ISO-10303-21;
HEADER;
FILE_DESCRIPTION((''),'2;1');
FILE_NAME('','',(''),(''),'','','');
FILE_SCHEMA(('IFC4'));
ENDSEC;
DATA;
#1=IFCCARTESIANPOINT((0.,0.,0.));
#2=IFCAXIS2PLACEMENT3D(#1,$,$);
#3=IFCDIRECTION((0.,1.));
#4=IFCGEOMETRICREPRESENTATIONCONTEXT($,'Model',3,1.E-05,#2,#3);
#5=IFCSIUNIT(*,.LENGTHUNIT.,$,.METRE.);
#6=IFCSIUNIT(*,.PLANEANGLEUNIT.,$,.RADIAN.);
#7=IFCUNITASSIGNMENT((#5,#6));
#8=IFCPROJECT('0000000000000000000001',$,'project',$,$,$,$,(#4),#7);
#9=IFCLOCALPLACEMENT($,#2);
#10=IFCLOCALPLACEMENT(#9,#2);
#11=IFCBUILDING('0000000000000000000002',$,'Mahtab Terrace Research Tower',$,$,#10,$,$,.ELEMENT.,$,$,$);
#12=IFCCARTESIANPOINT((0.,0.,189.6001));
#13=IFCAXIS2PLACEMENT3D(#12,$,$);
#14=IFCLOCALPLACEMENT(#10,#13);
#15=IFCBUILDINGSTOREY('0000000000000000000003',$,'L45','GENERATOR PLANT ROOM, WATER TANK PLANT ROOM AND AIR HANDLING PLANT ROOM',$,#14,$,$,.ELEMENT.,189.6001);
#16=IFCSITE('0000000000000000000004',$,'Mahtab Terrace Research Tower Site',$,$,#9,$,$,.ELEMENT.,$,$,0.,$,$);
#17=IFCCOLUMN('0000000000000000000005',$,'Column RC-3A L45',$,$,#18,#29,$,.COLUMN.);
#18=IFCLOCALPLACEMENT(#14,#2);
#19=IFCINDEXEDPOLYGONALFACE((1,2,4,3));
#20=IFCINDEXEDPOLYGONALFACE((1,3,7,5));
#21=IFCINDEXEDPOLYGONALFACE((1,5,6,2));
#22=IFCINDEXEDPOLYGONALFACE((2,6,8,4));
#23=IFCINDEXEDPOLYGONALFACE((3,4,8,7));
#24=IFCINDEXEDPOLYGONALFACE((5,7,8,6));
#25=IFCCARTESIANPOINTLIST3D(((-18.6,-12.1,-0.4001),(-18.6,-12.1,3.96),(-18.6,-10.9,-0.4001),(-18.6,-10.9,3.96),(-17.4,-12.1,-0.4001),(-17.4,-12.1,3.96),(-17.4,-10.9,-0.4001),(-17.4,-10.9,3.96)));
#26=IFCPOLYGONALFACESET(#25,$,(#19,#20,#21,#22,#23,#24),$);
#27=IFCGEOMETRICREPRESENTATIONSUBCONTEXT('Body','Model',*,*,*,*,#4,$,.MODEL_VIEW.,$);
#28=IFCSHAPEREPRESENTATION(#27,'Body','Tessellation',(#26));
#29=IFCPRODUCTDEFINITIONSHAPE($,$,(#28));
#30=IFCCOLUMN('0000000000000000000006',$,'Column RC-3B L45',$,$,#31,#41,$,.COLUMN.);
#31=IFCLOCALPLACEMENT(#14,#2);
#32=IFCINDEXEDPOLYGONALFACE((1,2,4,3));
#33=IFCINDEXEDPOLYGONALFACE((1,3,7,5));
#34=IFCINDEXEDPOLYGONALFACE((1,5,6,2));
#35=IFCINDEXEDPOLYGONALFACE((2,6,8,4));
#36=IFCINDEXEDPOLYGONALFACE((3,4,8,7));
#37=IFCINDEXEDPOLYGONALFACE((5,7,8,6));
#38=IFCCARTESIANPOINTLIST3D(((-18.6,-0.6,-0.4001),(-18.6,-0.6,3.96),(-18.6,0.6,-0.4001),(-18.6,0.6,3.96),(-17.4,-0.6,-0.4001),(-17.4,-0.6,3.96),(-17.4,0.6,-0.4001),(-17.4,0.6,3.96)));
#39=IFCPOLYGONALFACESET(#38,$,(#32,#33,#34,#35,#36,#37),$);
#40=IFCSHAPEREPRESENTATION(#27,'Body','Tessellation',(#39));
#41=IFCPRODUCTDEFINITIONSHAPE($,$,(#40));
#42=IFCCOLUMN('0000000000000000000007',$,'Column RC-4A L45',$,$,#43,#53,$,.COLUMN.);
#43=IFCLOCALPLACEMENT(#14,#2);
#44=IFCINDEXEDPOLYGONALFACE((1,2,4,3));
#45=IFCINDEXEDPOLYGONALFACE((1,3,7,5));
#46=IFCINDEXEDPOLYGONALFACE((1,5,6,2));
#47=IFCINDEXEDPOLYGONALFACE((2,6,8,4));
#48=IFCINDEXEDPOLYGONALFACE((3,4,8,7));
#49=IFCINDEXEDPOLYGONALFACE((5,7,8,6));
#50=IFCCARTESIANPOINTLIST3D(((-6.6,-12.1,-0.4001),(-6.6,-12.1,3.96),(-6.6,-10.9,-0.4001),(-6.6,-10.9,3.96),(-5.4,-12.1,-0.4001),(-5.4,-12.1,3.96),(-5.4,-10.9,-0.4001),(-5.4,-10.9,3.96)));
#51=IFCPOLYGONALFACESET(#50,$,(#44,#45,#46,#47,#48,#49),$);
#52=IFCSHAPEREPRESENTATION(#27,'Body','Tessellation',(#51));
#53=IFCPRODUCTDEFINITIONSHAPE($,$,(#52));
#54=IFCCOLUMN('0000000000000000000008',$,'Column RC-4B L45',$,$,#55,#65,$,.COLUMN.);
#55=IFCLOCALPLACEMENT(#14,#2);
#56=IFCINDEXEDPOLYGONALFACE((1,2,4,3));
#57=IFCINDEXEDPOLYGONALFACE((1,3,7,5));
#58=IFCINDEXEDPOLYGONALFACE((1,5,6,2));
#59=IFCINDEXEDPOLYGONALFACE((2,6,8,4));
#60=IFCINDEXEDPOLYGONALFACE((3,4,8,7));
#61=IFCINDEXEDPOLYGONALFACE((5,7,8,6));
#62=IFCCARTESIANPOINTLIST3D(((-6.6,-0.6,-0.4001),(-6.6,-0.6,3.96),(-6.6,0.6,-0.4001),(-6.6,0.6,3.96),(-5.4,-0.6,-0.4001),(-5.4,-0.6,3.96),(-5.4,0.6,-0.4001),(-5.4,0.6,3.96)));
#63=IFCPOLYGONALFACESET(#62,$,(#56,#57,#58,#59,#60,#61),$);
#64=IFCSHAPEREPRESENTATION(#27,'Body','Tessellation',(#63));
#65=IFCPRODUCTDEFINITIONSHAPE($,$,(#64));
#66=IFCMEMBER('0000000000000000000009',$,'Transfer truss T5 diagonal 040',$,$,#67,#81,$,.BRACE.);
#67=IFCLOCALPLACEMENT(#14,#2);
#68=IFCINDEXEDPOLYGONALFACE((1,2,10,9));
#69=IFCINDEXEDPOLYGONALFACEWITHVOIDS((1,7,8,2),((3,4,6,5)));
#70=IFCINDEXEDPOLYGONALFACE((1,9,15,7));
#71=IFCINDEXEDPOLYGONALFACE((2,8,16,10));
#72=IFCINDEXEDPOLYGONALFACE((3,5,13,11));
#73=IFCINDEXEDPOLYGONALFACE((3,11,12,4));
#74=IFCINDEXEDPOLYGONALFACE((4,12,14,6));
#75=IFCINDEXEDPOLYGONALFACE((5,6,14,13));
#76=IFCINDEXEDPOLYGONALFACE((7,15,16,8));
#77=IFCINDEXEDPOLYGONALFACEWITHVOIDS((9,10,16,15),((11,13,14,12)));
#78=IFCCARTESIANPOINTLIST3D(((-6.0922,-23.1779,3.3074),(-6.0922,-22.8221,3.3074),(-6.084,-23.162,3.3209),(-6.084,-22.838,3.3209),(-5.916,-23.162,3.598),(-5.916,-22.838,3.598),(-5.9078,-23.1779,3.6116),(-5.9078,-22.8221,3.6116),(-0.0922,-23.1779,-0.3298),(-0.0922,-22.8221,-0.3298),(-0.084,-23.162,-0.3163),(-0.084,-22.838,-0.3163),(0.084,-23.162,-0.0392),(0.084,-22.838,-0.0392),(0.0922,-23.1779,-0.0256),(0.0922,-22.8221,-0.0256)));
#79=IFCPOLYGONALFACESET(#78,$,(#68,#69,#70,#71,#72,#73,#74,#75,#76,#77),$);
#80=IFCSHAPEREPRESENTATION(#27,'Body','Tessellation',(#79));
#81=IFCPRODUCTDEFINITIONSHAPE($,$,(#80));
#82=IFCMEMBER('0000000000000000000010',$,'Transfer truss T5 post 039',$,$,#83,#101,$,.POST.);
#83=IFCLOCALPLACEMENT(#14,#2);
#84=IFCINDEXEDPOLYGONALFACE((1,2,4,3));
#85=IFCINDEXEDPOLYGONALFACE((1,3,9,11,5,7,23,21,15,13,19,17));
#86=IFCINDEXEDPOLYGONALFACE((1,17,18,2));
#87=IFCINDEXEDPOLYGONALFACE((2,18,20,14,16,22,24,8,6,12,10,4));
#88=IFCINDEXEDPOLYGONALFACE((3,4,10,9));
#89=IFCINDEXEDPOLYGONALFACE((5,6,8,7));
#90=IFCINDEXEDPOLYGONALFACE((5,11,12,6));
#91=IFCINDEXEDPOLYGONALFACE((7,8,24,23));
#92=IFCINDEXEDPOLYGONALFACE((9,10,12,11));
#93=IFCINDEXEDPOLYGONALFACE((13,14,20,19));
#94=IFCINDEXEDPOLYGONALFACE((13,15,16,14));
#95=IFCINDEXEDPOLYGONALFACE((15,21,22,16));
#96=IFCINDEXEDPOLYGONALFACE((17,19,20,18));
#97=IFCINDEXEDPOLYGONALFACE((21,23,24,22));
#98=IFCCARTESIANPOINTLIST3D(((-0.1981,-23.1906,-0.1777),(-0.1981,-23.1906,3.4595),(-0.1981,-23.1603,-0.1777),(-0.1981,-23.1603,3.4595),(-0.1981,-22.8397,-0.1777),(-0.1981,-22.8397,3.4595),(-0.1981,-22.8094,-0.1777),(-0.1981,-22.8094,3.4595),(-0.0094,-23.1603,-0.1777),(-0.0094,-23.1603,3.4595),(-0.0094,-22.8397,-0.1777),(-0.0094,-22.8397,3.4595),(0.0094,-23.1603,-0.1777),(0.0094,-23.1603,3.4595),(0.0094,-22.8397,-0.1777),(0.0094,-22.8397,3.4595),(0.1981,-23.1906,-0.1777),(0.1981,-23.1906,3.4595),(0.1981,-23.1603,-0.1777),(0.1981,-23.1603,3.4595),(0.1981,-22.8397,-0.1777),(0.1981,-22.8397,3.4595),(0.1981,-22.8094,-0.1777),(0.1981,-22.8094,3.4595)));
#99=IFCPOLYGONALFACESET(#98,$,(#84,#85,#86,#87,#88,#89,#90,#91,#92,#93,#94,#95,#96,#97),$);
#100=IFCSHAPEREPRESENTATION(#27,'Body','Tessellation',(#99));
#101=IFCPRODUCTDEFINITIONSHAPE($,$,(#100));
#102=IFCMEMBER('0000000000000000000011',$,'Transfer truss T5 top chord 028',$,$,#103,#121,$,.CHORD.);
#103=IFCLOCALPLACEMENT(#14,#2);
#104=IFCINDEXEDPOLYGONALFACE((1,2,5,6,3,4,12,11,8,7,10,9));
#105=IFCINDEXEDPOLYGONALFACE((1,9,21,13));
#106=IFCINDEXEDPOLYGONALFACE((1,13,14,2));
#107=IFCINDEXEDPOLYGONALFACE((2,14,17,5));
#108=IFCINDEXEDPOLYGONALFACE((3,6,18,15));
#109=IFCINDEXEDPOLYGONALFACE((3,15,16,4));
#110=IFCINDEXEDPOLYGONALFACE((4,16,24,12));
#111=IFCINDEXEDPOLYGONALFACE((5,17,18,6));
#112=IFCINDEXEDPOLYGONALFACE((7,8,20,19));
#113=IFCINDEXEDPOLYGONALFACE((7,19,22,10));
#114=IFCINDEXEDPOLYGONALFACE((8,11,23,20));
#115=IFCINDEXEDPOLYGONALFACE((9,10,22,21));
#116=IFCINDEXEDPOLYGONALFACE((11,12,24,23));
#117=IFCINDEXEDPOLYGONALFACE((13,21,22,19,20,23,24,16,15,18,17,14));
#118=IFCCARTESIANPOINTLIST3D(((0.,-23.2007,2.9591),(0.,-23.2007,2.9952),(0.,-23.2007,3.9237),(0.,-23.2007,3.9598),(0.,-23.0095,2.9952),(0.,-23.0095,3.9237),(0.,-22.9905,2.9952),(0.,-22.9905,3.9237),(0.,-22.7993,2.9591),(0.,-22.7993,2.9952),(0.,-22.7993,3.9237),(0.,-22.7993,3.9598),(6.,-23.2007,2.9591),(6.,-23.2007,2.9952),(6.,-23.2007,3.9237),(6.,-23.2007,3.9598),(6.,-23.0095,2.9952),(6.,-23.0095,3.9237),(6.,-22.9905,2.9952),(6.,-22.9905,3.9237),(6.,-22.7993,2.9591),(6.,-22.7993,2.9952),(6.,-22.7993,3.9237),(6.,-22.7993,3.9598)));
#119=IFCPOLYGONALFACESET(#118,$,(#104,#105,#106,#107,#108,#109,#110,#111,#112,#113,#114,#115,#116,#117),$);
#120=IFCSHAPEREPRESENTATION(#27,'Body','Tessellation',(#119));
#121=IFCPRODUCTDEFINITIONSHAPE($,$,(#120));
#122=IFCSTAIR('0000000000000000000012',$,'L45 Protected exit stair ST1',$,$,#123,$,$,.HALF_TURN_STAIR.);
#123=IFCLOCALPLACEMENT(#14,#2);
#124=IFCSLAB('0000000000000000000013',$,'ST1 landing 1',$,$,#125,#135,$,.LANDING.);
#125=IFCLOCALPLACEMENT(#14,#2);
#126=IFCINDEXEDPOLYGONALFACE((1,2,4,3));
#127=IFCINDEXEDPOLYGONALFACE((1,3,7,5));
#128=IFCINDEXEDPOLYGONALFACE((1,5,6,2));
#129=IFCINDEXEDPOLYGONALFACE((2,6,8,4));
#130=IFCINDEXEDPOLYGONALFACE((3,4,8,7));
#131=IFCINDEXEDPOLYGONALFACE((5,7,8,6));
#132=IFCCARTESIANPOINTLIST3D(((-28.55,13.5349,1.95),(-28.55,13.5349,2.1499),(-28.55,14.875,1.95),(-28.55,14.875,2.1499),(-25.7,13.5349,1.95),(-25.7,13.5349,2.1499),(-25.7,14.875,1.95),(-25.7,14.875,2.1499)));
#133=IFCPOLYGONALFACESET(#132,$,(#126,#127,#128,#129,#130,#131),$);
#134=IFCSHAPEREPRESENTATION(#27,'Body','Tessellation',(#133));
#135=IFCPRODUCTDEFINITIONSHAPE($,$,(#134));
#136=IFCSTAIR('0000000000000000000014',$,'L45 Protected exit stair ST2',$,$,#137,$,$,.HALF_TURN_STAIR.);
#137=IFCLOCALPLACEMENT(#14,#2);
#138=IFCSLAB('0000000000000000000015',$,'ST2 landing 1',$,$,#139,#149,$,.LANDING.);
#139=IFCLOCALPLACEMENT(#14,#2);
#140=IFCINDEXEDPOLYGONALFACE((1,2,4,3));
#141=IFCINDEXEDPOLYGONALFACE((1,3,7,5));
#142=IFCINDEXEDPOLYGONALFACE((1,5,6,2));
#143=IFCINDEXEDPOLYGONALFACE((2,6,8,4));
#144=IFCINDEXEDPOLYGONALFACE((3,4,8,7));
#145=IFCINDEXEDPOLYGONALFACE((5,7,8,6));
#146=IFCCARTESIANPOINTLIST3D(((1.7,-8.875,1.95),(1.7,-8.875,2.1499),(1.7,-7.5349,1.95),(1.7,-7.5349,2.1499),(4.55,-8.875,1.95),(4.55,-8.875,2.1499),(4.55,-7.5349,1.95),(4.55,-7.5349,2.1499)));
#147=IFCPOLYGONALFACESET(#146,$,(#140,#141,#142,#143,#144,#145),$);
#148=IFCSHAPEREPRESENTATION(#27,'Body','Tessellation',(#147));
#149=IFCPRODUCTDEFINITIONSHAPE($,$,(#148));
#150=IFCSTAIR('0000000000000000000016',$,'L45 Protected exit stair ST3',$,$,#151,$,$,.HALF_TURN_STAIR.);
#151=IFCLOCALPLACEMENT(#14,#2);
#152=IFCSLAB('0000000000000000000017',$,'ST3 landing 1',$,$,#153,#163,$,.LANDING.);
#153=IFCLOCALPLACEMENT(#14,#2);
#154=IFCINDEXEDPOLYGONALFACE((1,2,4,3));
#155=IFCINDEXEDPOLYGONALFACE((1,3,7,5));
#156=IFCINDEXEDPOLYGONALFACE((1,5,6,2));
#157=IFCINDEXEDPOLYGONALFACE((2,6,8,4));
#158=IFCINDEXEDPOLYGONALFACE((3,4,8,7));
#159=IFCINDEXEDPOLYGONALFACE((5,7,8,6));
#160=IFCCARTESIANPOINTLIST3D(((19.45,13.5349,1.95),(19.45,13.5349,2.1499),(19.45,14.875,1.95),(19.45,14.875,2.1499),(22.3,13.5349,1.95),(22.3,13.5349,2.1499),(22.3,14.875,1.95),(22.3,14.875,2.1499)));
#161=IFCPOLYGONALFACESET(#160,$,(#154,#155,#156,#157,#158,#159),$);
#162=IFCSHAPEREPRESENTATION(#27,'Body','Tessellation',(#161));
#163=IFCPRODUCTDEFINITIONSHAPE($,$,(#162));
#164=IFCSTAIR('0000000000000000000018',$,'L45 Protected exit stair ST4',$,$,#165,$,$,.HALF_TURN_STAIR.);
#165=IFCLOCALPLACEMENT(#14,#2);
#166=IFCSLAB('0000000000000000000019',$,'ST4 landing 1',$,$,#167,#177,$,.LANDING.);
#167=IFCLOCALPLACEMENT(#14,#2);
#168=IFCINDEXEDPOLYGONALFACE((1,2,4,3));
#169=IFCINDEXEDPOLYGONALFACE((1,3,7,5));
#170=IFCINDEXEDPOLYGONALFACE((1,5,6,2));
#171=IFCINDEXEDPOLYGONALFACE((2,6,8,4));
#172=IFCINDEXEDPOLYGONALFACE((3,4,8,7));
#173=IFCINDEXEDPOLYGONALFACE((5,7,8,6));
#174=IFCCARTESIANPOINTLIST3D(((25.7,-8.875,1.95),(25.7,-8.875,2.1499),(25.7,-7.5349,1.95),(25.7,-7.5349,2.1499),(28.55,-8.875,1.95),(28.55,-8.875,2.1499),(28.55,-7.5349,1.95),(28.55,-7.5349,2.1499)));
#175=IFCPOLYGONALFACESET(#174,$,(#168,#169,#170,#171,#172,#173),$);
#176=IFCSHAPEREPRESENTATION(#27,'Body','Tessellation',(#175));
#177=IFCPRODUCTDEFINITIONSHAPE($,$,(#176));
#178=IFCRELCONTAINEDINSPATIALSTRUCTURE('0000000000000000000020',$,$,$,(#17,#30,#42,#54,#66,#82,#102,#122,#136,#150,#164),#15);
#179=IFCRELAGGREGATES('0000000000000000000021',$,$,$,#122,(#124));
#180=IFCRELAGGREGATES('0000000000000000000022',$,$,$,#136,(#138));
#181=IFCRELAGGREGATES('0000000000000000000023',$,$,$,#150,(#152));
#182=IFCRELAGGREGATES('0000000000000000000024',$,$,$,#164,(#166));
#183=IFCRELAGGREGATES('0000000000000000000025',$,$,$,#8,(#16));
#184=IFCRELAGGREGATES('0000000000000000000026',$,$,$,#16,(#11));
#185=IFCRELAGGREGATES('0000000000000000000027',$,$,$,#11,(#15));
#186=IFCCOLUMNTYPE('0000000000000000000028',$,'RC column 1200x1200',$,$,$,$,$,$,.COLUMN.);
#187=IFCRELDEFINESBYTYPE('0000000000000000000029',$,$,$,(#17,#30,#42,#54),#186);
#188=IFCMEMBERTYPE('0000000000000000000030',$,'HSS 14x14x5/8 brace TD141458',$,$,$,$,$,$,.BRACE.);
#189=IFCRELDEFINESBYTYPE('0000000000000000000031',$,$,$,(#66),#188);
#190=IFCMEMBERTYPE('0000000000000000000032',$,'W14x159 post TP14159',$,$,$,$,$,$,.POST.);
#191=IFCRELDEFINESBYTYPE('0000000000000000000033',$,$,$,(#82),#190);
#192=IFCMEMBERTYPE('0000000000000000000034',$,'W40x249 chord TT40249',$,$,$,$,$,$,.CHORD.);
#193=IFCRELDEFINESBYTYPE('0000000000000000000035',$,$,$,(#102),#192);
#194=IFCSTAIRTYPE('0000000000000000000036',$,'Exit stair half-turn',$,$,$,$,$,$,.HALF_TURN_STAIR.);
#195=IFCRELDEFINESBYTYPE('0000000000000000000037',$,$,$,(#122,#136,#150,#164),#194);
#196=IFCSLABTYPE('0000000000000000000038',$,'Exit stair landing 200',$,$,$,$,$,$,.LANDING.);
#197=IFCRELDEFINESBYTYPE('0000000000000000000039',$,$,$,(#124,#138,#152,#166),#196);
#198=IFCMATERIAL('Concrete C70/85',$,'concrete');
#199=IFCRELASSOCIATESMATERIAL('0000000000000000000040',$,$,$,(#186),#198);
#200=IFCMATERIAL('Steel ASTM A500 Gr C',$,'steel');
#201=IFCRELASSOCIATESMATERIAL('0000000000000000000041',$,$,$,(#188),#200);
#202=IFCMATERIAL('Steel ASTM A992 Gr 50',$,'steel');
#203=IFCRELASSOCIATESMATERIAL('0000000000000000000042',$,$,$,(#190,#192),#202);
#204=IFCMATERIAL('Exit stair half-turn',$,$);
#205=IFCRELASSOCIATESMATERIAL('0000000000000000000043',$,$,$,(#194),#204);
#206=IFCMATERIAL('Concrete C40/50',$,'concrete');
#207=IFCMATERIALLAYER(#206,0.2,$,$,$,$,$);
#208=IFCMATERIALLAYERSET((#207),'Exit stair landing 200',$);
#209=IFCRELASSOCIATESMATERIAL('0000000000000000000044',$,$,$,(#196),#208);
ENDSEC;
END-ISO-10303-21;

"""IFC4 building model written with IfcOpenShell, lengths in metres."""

from ifc_helpers import new_model, si_unit, direction, frame, origin, origin_2d, place, context, subcontext, project, spatial, polyline, rectangle, hollow_rectangle, i_section, outline, extrude, material, layer, layer_set, material_profile, profile_set, type_object, element, aggregate, save


model = new_model("IFC4")

# Units and contexts
model_context = context("Model", 3, precision=1e-05, world=origin(), true_north=direction((0.0, 1.0)))
body_context = subcontext(model_context, "Body", "Model", "MODEL_VIEW")
ifc_project = project(units=[si_unit("LENGTHUNIT", "METRE"), si_unit("PLANEANGLEUNIT", "RADIAN")], contexts=[model_context])

# Site, building, storey
site_placement = place(None, origin())
site = spatial("IfcSite", under=ifc_project, at=site_placement, Name="Mahtab Terrace Research Tower Site", CompositionType="ELEMENT", RefElevation=0.0)
building_placement = place(site_placement, origin())
building = spatial("IfcBuilding", under=site, at=building_placement, Name="Mahtab Terrace Research Tower", CompositionType="ELEMENT")
storey_placement = place(building_placement, frame((0.0, 0.0, 189.6001)))
storey = spatial("IfcBuildingStorey", under=building, at=storey_placement, Name="L45", Description="GENERATOR PLANT ROOM, WATER TANK PLANT ROOM AND AIR HANDLING PLANT ROOM", CompositionType="ELEMENT", Elevation=189.6001)

# Columns
ifc_material_1 = material(Name="Concrete C70/85", Category="concrete")
ifc_material_profile_1 = material_profile(ifc_material_1, rectangle(XDim=1.2, YDim=1.2, at=origin_2d()), Name="RC column 1200x1200")
ifc_profile_set_1 = profile_set([ifc_material_profile_1], Name="Concrete C70/85")
column_type = type_object("IfcColumnType", Name="RC column 1200x1200", PredefinedType="COLUMN", material=ifc_profile_set_1)
for number, where, z_axis, x_axis, name in (
    (1, (-18.0, -11.5, -0.4001), (0.0, 0.0, 1.0), (1.0, 0.0, 0.0), "Column RC-3A L45"),
    (2, (-18.0, 0.0, -0.4001), (0.0, 0.0, 1.0), (1.0, 0.0, 0.0), "Column RC-3B L45"),
    (3, (-6.0, -11.5, -0.4001), (0.0, 0.0, 1.0), (1.0, 0.0, 0.0), "Column RC-4A L45"),
    (4, (-6.0, 0.0, -0.4001), (0.0, 0.0, 1.0), (1.0, 0.0, 0.0), "Column RC-4B L45"),
):
    element("IfcColumn", number, at=place(storey_placement, frame(where, z_axis=z_axis, x_axis=x_axis)), inside=storey, type_object=column_type, Name=name, PredefinedType="COLUMN", context=body_context, shape_type="SweptSolid", body=[
        extrude(rectangle(XDim=1.2, YDim=1.2, at=origin_2d()), origin(), (0.0, 0.0, 1.0), 4.3601),
    ])

# Members
ifc_material_2 = material(Name="Steel ASTM A500 Gr C", Category="steel")
ifc_material_profile_2 = material_profile(ifc_material_2, hollow_rectangle(XDim=0.3557, YDim=0.3557, WallThickness=0.0159, at=origin_2d()), Name="HSS14X14X5/8")
ifc_profile_set_2 = profile_set([ifc_material_profile_2], Name="Steel ASTM A500 Gr C")
member_type_1 = type_object("IfcMemberType", Name="HSS 14x14x5/8 brace TD141458", PredefinedType="BRACE", material=ifc_profile_set_2)
member_1_placement = place(storey_placement, frame((0.0, -23.0, -0.1777), z_axis=(-0.855145, 0.0, 0.51839), x_axis=(0.0, -1.0, 0.0)))
element("IfcMember", 5, at=member_1_placement, inside=storey, type_object=member_type_1, Name="Transfer truss T5 diagonal 040", PredefinedType="BRACE", context=body_context, shape_type="SweptSolid", body=[
    extrude(hollow_rectangle(XDim=0.3557, YDim=0.3557, WallThickness=0.0159, at=origin_2d()), origin(), (0.0, 0.0, 1.0), 7.0164),
])
ifc_material_3 = material(Name="Steel ASTM A992 Gr 50", Category="steel")
ifc_material_profile_3 = material_profile(ifc_material_3, i_section(OverallWidth=0.3962, OverallDepth=0.3811, WebThickness=0.0188, FlangeThickness=0.0303, at=origin_2d()), Name="W14X159")
ifc_profile_set_3 = profile_set([ifc_material_profile_3], Name="Steel ASTM A992 Gr 50")
member_type_2 = type_object("IfcMemberType", Name="W14x159 post TP14159", PredefinedType="POST", material=ifc_profile_set_3)
member_2_placement = place(storey_placement, frame((0.0, -23.0, -0.1777), z_axis=(0.0, 0.0, 1.0), x_axis=(1.0, 0.0, 0.0)))
element("IfcMember", 6, at=member_2_placement, inside=storey, type_object=member_type_2, Name="Transfer truss T5 post 039", PredefinedType="POST", context=body_context, shape_type="SweptSolid", body=[
    extrude(i_section(OverallWidth=0.3962, OverallDepth=0.3811, WebThickness=0.0188, FlangeThickness=0.0303, at=origin_2d()), origin(), (0.0, 0.0, 1.0), 3.6372),
])
ifc_material_profile_4 = material_profile(ifc_material_3, i_section(OverallWidth=0.4014, OverallDepth=1.0007, WebThickness=0.019, FlangeThickness=0.0361, at=origin_2d()), Name="W40X249")
ifc_profile_set_4 = profile_set([ifc_material_profile_4], Name="Steel ASTM A992 Gr 50")
member_type_3 = type_object("IfcMemberType", Name="W40x249 chord TT40249", PredefinedType="CHORD", material=ifc_profile_set_4)
member_3_placement = place(storey_placement, frame((0.0, -23.0, 3.4595), z_axis=(1.0, 0.0, 0.0), x_axis=(0.0, 1.0, 0.0)))
element("IfcMember", 7, at=member_3_placement, inside=storey, type_object=member_type_3, Name="Transfer truss T5 top chord 028", PredefinedType="CHORD", context=body_context, shape_type="SweptSolid", body=[
    extrude(i_section(OverallWidth=0.4014, OverallDepth=1.0007, WebThickness=0.019, FlangeThickness=0.0361, at=origin_2d()), origin(), (0.0, 0.0, 1.0), 6.0),
])

# Stairs, slabs
ifc_material_4 = material(Name="Exit stair half-turn")
stair_type = type_object("IfcStairType", Name="Exit stair half-turn", PredefinedType="HALF_TURN_STAIR", material=ifc_material_4)
stair_1_placement = place(storey_placement, origin())
stair_1 = element("IfcStair", 8, at=stair_1_placement, inside=storey, type_object=stair_type, Name="L45 Protected exit stair ST1", PredefinedType="HALF_TURN_STAIR")
ifc_material_5 = material(Name="Concrete C40/50", Category="concrete")
ifc_layer_1 = layer(ifc_material_5, 0.2)
ifc_layer_set_1 = layer_set([ifc_layer_1], Name="Exit stair landing 200")
slab_type_1 = type_object("IfcSlabType", Name="Exit stair landing 200", PredefinedType="LANDING", material=ifc_layer_set_1)
slab_1_placement = place(storey_placement, frame((0.0, 0.0, 1.95)))
slab_1 = element("IfcSlab", 9, at=slab_1_placement, type_object=slab_type_1, Name="ST1 landing 1", PredefinedType="LANDING", context=body_context, shape_type="SweptSolid", body=[
    extrude(outline(polyline([(-25.7, 13.5349), (-25.7, 14.875), (-28.55, 14.875), (-28.55, 13.5349), (-25.7, 13.5349)])), origin(), (0.0, 0.0, 1.0), 0.2),
])
aggregate(stair_1, [slab_1])
stair_2_placement = place(storey_placement, origin())
stair_2 = element("IfcStair", 10, at=stair_2_placement, inside=storey, type_object=stair_type, Name="L45 Protected exit stair ST2", PredefinedType="HALF_TURN_STAIR")
slab_2_placement = place(storey_placement, frame((0.0, 0.0, 1.95)))
slab_2 = element("IfcSlab", 11, at=slab_2_placement, type_object=slab_type_1, Name="ST2 landing 1", PredefinedType="LANDING", context=body_context, shape_type="SweptSolid", body=[
    extrude(outline(polyline([(1.7, -7.5349), (1.7, -8.875), (4.55, -8.875), (4.55, -7.5349), (1.7, -7.5349)])), origin(), (0.0, 0.0, 1.0), 0.2),
])
aggregate(stair_2, [slab_2])
stair_3_placement = place(storey_placement, origin())
stair_3 = element("IfcStair", 12, at=stair_3_placement, inside=storey, type_object=stair_type, Name="L45 Protected exit stair ST3", PredefinedType="HALF_TURN_STAIR")
slab_3_placement = place(storey_placement, frame((0.0, 0.0, 1.95)))
slab_3 = element("IfcSlab", 13, at=slab_3_placement, type_object=slab_type_1, Name="ST3 landing 1", PredefinedType="LANDING", context=body_context, shape_type="SweptSolid", body=[
    extrude(outline(polyline([(22.3, 13.5349), (22.3, 14.875), (19.45, 14.875), (19.45, 13.5349), (22.3, 13.5349)])), origin(), (0.0, 0.0, 1.0), 0.2),
])
aggregate(stair_3, [slab_3])
stair_4_placement = place(storey_placement, origin())
stair_4 = element("IfcStair", 14, at=stair_4_placement, inside=storey, type_object=stair_type, Name="L45 Protected exit stair ST4", PredefinedType="HALF_TURN_STAIR")
slab_4_placement = place(storey_placement, frame((0.0, 0.0, 1.95)))
slab_4 = element("IfcSlab", 15, at=slab_4_placement, type_object=slab_type_1, Name="ST4 landing 1", PredefinedType="LANDING", context=body_context, shape_type="SweptSolid", body=[
    extrude(outline(polyline([(25.7, -7.5349), (25.7, -8.875), (28.55, -8.875), (28.55, -7.5349), (25.7, -7.5349)])), origin(), (0.0, 0.0, 1.0), 0.2),
])
aggregate(stair_4, [slab_4])

save(model, "model.ifc")
